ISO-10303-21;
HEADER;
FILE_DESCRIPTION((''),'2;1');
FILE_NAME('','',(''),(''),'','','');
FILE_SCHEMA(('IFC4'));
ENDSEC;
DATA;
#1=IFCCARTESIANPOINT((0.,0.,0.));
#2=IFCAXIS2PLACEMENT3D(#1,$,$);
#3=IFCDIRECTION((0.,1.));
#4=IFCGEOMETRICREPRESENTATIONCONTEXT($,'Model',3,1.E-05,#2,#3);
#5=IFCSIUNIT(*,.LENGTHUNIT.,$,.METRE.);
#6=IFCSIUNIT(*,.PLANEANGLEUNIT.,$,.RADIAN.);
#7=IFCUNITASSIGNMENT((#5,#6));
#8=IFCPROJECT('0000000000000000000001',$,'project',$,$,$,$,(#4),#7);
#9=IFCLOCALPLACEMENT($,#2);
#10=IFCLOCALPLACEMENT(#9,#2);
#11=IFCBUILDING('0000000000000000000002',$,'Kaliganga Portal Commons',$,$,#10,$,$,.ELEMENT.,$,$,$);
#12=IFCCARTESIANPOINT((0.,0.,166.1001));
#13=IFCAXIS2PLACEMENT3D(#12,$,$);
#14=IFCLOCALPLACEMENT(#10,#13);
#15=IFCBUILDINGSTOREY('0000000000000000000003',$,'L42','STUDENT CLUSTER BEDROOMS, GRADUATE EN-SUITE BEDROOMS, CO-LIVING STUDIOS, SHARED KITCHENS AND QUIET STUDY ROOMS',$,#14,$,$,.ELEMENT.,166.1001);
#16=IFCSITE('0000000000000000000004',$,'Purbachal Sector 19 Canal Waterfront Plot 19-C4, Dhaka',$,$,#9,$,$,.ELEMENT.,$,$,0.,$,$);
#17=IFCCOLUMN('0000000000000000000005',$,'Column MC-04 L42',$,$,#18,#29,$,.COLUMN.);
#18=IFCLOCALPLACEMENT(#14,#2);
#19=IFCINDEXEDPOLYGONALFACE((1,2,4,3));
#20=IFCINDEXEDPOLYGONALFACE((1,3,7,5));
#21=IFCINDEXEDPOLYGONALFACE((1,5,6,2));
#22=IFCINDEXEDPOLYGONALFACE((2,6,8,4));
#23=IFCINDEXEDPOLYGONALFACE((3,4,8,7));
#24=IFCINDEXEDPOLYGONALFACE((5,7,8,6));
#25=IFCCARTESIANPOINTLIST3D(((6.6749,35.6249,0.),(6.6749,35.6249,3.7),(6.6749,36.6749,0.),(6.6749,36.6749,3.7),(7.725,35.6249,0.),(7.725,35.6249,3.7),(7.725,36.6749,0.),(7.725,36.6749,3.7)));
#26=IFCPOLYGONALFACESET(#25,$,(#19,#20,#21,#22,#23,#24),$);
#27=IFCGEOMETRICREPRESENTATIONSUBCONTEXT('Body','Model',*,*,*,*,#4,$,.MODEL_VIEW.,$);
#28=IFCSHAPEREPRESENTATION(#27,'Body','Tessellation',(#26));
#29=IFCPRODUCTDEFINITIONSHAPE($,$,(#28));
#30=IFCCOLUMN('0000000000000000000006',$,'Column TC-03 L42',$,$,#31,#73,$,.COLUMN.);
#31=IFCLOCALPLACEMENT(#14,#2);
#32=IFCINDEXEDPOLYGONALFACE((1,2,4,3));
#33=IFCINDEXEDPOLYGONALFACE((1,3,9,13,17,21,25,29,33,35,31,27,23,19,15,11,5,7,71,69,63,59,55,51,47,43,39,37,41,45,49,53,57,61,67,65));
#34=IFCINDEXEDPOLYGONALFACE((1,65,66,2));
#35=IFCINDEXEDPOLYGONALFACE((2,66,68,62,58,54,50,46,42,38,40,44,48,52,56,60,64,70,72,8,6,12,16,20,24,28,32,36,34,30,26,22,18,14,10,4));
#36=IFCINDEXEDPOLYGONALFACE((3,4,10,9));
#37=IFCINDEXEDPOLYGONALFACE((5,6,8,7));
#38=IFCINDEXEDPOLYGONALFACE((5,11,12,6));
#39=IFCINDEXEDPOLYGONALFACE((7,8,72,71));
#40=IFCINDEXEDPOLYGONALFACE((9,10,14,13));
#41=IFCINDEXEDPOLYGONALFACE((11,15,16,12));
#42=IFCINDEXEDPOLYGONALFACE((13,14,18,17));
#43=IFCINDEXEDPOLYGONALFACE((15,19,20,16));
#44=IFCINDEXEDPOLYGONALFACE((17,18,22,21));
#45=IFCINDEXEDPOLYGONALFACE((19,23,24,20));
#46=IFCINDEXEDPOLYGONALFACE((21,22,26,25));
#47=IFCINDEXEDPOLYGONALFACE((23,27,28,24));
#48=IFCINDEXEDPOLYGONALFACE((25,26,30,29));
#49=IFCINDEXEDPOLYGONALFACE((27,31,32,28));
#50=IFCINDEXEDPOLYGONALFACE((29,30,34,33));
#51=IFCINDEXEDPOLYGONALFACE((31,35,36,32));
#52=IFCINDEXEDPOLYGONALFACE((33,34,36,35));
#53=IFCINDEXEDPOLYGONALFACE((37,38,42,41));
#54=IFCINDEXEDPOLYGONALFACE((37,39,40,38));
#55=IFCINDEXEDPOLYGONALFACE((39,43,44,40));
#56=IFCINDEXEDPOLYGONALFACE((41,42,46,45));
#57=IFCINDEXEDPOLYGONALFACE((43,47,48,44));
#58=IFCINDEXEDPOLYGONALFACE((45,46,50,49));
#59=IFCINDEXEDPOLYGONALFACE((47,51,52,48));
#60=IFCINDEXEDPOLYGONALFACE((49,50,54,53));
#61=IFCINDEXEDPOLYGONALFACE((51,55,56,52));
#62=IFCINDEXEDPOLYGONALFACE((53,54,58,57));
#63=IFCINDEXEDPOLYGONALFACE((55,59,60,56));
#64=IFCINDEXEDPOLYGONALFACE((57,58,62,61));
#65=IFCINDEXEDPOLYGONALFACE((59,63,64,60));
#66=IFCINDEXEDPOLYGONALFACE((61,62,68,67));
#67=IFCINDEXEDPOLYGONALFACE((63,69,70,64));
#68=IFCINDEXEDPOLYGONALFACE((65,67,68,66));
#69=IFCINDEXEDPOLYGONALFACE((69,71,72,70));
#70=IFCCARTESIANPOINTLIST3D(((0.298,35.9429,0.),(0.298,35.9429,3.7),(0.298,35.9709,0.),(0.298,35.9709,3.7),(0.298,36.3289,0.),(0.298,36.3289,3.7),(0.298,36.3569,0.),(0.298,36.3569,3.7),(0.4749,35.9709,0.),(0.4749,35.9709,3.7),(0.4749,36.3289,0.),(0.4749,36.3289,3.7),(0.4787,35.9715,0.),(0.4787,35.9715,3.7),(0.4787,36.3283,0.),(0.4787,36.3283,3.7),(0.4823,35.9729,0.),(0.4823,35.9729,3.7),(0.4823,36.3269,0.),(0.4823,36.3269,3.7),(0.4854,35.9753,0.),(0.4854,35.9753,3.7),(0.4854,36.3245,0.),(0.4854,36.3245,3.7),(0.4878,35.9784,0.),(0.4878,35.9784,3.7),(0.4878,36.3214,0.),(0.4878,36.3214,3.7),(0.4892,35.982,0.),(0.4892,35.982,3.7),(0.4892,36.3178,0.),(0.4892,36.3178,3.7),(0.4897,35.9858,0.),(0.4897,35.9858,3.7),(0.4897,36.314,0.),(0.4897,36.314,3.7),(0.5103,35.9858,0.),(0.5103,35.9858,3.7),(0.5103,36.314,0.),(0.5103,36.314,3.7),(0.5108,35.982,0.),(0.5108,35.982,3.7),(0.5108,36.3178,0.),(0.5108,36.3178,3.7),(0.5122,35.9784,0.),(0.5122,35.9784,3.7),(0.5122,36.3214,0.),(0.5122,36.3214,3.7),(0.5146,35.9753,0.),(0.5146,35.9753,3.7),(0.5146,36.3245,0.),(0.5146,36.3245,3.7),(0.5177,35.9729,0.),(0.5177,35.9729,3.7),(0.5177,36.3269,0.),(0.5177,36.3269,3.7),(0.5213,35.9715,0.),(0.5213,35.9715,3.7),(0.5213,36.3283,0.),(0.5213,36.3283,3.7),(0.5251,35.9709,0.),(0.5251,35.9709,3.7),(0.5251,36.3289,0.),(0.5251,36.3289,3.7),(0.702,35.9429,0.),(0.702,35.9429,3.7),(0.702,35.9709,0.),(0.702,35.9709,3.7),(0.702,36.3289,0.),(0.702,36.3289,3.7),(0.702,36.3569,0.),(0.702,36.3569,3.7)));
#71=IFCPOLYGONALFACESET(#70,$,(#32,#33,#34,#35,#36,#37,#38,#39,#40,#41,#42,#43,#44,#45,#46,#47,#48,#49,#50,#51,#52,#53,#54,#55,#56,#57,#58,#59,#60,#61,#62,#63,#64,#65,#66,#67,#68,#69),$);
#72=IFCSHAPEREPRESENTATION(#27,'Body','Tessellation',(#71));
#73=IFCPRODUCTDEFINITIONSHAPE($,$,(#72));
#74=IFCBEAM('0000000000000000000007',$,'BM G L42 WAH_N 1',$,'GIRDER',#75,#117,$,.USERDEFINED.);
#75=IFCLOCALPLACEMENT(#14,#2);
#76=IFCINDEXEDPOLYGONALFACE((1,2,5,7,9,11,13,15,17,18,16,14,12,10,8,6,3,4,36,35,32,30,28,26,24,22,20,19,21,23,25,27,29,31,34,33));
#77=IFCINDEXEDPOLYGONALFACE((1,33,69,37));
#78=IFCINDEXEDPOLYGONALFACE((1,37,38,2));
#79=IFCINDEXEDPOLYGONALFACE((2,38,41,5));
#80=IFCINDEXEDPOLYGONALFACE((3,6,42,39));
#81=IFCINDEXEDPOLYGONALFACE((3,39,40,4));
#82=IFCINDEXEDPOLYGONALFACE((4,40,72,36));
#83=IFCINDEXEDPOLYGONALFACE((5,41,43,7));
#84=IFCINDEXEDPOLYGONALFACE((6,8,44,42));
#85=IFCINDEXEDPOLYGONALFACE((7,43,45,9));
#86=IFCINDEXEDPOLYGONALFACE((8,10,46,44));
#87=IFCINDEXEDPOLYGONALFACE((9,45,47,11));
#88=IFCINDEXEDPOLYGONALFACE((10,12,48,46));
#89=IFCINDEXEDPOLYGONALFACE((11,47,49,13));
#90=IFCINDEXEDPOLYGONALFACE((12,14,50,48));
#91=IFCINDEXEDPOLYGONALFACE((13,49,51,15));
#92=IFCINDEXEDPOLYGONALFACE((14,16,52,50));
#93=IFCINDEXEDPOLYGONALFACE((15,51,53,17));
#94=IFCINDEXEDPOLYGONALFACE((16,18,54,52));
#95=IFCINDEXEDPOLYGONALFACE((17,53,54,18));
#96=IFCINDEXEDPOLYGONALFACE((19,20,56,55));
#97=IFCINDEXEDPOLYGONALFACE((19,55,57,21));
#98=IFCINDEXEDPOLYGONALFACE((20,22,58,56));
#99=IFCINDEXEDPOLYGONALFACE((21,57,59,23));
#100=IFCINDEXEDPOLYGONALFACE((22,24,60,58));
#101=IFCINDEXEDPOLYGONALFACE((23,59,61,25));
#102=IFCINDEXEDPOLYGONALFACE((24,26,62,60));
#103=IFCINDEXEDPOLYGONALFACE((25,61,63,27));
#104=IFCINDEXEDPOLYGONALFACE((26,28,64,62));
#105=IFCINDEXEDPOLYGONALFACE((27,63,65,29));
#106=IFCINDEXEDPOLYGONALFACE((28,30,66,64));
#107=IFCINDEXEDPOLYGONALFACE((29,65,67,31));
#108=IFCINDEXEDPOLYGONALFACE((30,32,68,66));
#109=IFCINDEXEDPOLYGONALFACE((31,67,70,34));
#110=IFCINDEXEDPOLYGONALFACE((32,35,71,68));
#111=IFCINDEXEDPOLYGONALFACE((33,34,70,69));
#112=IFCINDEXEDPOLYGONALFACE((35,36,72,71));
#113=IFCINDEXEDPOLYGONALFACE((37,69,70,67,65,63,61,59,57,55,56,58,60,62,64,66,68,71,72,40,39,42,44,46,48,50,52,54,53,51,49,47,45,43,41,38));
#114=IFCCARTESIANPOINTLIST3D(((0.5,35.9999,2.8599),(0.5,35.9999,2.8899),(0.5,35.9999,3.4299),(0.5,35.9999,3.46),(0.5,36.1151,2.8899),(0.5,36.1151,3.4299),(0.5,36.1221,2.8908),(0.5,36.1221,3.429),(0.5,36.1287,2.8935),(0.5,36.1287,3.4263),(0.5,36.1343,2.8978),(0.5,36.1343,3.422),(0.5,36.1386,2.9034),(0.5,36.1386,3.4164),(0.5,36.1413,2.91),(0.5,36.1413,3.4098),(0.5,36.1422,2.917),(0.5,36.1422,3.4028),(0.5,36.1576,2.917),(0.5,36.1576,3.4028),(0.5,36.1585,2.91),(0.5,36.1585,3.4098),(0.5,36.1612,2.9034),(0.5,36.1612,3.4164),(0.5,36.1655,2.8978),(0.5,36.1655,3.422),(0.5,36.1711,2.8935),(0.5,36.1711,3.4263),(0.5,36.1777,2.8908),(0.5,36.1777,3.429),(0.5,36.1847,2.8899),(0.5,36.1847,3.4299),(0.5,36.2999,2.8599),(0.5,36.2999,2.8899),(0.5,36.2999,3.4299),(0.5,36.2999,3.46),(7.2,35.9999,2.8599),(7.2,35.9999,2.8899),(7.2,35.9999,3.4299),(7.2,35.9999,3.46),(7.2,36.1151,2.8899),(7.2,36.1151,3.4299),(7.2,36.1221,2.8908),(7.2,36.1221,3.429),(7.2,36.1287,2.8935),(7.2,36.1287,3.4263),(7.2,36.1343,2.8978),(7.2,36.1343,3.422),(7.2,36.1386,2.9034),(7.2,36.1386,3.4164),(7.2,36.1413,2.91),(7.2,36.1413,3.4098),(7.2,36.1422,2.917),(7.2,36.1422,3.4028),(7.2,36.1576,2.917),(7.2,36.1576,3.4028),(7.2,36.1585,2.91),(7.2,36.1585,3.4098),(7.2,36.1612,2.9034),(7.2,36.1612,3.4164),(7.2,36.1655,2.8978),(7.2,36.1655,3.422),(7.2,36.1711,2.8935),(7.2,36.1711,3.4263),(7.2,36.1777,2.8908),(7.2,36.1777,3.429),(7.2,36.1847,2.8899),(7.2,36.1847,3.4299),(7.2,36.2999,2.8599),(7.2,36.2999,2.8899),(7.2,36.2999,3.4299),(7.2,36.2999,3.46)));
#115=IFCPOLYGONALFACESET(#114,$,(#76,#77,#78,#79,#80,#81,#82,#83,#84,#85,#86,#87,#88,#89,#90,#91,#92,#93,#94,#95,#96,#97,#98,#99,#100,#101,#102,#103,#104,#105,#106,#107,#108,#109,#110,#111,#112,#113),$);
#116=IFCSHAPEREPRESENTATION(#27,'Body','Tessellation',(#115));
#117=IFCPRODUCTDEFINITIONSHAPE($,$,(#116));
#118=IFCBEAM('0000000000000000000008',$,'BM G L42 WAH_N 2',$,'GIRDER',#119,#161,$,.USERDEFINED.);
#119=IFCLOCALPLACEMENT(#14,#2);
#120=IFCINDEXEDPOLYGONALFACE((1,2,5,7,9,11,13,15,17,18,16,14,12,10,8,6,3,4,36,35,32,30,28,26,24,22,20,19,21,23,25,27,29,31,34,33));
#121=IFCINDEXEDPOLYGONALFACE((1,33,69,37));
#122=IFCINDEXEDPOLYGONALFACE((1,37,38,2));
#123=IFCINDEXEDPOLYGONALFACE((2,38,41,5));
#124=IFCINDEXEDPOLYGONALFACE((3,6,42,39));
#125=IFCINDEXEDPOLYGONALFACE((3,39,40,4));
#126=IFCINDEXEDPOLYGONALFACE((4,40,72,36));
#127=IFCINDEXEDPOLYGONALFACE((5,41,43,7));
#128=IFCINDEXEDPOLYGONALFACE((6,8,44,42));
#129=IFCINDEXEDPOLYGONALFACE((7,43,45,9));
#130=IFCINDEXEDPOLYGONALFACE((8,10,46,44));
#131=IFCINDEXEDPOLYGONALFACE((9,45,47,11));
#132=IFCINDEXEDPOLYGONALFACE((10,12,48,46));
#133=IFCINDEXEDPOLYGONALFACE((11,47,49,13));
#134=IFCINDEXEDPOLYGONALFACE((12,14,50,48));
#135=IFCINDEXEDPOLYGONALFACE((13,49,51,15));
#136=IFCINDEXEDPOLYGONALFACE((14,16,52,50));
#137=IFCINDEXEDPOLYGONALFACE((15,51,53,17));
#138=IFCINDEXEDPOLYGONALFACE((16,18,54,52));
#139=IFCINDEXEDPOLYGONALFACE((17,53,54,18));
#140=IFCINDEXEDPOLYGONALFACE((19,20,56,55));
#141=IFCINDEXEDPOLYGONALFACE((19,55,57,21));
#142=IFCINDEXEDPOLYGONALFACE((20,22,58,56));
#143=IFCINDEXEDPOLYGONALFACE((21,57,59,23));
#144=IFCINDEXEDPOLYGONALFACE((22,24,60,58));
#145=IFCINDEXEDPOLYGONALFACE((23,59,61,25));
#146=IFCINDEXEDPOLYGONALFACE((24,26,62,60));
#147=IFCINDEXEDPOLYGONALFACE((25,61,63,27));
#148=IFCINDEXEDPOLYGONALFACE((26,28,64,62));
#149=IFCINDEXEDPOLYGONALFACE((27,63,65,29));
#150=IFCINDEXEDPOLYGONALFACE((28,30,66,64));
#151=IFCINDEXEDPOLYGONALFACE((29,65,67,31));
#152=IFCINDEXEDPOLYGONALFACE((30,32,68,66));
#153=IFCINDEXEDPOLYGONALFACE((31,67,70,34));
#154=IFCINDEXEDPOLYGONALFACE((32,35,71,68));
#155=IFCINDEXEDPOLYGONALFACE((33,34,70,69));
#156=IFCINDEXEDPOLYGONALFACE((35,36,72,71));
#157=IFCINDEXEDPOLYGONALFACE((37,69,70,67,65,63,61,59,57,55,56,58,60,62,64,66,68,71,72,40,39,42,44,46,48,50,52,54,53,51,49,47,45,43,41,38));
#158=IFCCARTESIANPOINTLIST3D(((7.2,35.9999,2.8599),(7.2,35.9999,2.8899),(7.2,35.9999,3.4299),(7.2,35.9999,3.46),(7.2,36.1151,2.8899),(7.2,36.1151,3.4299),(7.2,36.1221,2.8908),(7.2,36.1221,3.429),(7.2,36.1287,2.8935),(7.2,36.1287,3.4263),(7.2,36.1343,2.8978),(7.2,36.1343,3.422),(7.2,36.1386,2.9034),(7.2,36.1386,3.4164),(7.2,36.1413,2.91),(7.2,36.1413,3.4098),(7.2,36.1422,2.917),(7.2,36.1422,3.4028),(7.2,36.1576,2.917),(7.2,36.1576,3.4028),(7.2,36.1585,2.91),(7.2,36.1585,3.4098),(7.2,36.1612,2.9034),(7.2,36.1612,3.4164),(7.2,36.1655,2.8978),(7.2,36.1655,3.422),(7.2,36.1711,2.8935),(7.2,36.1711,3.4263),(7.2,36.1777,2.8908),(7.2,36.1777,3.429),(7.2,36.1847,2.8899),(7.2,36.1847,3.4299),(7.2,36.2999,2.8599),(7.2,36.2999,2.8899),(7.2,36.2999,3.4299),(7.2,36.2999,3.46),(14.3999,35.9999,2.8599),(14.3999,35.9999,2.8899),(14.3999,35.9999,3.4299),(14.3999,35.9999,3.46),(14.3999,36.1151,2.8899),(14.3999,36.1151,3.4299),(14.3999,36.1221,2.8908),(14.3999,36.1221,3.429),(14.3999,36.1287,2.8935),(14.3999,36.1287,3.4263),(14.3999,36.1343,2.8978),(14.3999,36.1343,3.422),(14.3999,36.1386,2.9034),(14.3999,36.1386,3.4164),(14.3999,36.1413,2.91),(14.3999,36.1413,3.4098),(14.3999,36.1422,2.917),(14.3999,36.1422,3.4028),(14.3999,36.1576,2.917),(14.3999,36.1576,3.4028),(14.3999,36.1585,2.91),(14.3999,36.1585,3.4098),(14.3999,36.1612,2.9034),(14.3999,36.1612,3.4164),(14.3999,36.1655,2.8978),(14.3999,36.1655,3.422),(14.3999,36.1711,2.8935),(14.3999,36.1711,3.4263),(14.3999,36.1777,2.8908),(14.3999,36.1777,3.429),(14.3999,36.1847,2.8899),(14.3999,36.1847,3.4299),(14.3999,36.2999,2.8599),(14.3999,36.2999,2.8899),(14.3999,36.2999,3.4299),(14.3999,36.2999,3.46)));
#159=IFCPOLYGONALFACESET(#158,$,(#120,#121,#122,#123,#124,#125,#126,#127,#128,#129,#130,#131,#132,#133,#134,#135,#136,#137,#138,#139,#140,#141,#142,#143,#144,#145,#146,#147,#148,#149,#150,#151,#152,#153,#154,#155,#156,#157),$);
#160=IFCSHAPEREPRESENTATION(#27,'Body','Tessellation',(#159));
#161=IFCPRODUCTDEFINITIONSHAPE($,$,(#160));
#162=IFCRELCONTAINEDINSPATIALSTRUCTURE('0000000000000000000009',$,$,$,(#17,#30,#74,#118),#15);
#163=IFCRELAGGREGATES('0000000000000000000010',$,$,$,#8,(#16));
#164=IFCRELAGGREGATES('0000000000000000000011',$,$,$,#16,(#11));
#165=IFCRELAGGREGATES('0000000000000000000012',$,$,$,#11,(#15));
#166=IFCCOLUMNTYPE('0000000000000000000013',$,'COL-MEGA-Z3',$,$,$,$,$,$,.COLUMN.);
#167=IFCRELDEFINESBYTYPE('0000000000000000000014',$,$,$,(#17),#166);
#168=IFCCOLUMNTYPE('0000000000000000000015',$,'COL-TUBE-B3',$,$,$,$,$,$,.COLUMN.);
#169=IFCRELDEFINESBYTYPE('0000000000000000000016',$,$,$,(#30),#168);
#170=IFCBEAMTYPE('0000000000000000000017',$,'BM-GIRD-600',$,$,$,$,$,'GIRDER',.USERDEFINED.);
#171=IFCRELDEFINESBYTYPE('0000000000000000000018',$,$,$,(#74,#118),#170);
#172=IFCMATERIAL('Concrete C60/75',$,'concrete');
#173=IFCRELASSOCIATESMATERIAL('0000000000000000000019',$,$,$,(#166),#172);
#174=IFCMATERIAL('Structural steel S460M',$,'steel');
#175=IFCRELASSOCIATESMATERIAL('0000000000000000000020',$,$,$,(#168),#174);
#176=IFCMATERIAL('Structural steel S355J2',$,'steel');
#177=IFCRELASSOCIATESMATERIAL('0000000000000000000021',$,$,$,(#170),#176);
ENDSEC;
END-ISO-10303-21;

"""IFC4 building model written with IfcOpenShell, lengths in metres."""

from ifc_helpers import new_model, si_unit, direction, frame, origin, origin_2d, place, context, subcontext, project, spatial, rectangle, i_section, extrude, source, transform, mapped, material, material_profile, profile_set, type_object, element, save


model = new_model("IFC4")

# Units and contexts
model_context = context("Model", 3, precision=1e-05, world=origin(), true_north=direction((0.0, 1.0)))
body_context = subcontext(model_context, "Body", "Model", "MODEL_VIEW")
ifc_project = project(units=[si_unit("LENGTHUNIT", "METRE"), si_unit("PLANEANGLEUNIT", "RADIAN")], contexts=[model_context])

# Site, building, storey
site_placement = place(None, origin())
site = spatial("IfcSite", under=ifc_project, at=site_placement, Name="Purbachal Sector 19 Canal Waterfront Plot 19-C4, Dhaka", CompositionType="ELEMENT", RefElevation=0.0)
building_placement = place(site_placement, origin())
building = spatial("IfcBuilding", under=site, at=building_placement, Name="Kaliganga Portal Commons", CompositionType="ELEMENT")
storey_placement = place(building_placement, frame((0.0, 0.0, 166.1001)))
storey = spatial("IfcBuildingStorey", under=building, at=storey_placement, Name="L42", Description="STUDENT CLUSTER BEDROOMS, GRADUATE EN-SUITE BEDROOMS, CO-LIVING STUDIOS, SHARED KITCHENS AND QUIET STUDY ROOMS", CompositionType="ELEMENT", Elevation=166.1001)

# Columns
ifc_material_1 = material(Name="Concrete C60/75", Category="concrete")
ifc_material_profile_1 = material_profile(ifc_material_1, rectangle(XDim=1.05, YDim=1.05, at=origin_2d()), Name="RC 1050x1050")
ifc_profile_set_1 = profile_set([ifc_material_profile_1], Name="Concrete C60/75")
column_type_1 = type_object("IfcColumnType", Name="COL-MEGA-Z3", PredefinedType="COLUMN", material=ifc_profile_set_1)
shared_shape_1 = source(origin(), body_context, "Body", "SweptSolid", [
    extrude(rectangle(XDim=1.05, YDim=1.05, at=origin_2d()), origin(), (0.0, 0.0, 1.0), 3.7),
])
column_1_placement = place(storey_placement, frame((7.2, 36.1499, 0.0), z_axis=(0.0, 0.0, 1.0), x_axis=(1.0, 0.0, 0.0)))
element("IfcColumn", 1, at=column_1_placement, inside=storey, type_object=column_type_1, Name="Column MC-04 L42", PredefinedType="COLUMN", context=body_context, shape_type="MappedRepresentation", body=[
    mapped(shared_shape_1, transform((0.0, 0.0, 0.0), x_axis=(1.0, 0.0, 0.0), y_axis=(0.0, 1.0, 0.0), z_axis=(0.0, 0.0, 1.0), scale=1.0)),
])
ifc_material_2 = material(Name="Structural steel S460M", Category="steel")
ifc_material_profile_2 = material_profile(ifc_material_2, i_section(OverallWidth=0.4041, OverallDepth=0.4141, WebThickness=0.0205, FlangeThickness=0.0281, FilletRadius=0.0149, at=origin_2d()), Name="HD 400x347")
ifc_profile_set_2 = profile_set([ifc_material_profile_2], Name="Structural steel S460M wide-flange")
column_type_2 = type_object("IfcColumnType", Name="COL-TUBE-B3", PredefinedType="COLUMN", material=ifc_profile_set_2)
shared_shape_2 = source(origin(), body_context, "Body", "SweptSolid", [
    extrude(i_section(OverallWidth=0.4041, OverallDepth=0.4141, WebThickness=0.0205, FlangeThickness=0.0281, FilletRadius=0.0149, at=origin_2d()), origin(), (0.0, 0.0, 1.0), 3.7),
])
column_2_placement = place(storey_placement, frame((0.5, 36.1499, 0.0), z_axis=(0.0, 0.0, 1.0), x_axis=(1.0, 0.0, 0.0)))
element("IfcColumn", 2, at=column_2_placement, inside=storey, type_object=column_type_2, Name="Column TC-03 L42", PredefinedType="COLUMN", context=body_context, shape_type="MappedRepresentation", body=[
    mapped(shared_shape_2, transform((0.0, 0.0, 0.0), x_axis=(1.0, 0.0, 0.0), y_axis=(0.0, 1.0, 0.0), z_axis=(0.0, 0.0, 1.0), scale=1.0)),
])

# Beams
ifc_material_3 = material(Name="Structural steel S355J2", Category="steel")
ifc_material_profile_3 = material_profile(ifc_material_3, i_section(OverallWidth=0.3, OverallDepth=0.6001, WebThickness=0.0154, FlangeThickness=0.03, FilletRadius=0.0271, at=origin_2d()), Name="HE 600 B")
ifc_profile_set_3 = profile_set([ifc_material_profile_3], Name="Structural steel S355J2 wide-flange")
beam_type = type_object("IfcBeamType", Name="BM-GIRD-600", ElementType="GIRDER", PredefinedType="USERDEFINED", material=ifc_profile_set_3)
shared_shape_3 = source(origin(), body_context, "Body", "SweptSolid", [
    extrude(i_section(OverallWidth=0.3, OverallDepth=0.6001, WebThickness=0.0154, FlangeThickness=0.03, FilletRadius=0.0271, at=origin_2d()), origin(), (0.0, 0.0, 1.0), 6.7),
])
beam_1_placement = place(storey_placement, frame((0.5, 36.1499, 3.1599), z_axis=(1.0, 0.0, 0.0), x_axis=(0.0, 1.0, 0.0)))
element("IfcBeam", 3, at=beam_1_placement, inside=storey, type_object=beam_type, Name="BM G L42 WAH_N 1", ObjectType="GIRDER", PredefinedType="USERDEFINED", context=body_context, shape_type="MappedRepresentation", body=[
    mapped(shared_shape_3, transform((0.0, 0.0, 0.0), x_axis=(1.0, 0.0, 0.0), y_axis=(0.0, 1.0, 0.0), z_axis=(0.0, 0.0, 1.0), scale=1.0)),
])
shared_shape_4 = source(origin(), body_context, "Body", "SweptSolid", [
    extrude(i_section(OverallWidth=0.3, OverallDepth=0.6001, WebThickness=0.0154, FlangeThickness=0.03, FilletRadius=0.0271, at=origin_2d()), origin(), (0.0, 0.0, 1.0), 7.2),
])
beam_2_placement = place(storey_placement, frame((7.2, 36.1499, 3.1599), z_axis=(1.0, 0.0, 0.0), x_axis=(0.0, 1.0, 0.0)))
element("IfcBeam", 4, at=beam_2_placement, inside=storey, type_object=beam_type, Name="BM G L42 WAH_N 2", ObjectType="GIRDER", PredefinedType="USERDEFINED", context=body_context, shape_type="MappedRepresentation", body=[
    mapped(shared_shape_4, transform((0.0, 0.0, 0.0), x_axis=(1.0, 0.0, 0.0), y_axis=(0.0, 1.0, 0.0), z_axis=(0.0, 0.0, 1.0), scale=1.0)),
])

save(model, "model.ifc")
